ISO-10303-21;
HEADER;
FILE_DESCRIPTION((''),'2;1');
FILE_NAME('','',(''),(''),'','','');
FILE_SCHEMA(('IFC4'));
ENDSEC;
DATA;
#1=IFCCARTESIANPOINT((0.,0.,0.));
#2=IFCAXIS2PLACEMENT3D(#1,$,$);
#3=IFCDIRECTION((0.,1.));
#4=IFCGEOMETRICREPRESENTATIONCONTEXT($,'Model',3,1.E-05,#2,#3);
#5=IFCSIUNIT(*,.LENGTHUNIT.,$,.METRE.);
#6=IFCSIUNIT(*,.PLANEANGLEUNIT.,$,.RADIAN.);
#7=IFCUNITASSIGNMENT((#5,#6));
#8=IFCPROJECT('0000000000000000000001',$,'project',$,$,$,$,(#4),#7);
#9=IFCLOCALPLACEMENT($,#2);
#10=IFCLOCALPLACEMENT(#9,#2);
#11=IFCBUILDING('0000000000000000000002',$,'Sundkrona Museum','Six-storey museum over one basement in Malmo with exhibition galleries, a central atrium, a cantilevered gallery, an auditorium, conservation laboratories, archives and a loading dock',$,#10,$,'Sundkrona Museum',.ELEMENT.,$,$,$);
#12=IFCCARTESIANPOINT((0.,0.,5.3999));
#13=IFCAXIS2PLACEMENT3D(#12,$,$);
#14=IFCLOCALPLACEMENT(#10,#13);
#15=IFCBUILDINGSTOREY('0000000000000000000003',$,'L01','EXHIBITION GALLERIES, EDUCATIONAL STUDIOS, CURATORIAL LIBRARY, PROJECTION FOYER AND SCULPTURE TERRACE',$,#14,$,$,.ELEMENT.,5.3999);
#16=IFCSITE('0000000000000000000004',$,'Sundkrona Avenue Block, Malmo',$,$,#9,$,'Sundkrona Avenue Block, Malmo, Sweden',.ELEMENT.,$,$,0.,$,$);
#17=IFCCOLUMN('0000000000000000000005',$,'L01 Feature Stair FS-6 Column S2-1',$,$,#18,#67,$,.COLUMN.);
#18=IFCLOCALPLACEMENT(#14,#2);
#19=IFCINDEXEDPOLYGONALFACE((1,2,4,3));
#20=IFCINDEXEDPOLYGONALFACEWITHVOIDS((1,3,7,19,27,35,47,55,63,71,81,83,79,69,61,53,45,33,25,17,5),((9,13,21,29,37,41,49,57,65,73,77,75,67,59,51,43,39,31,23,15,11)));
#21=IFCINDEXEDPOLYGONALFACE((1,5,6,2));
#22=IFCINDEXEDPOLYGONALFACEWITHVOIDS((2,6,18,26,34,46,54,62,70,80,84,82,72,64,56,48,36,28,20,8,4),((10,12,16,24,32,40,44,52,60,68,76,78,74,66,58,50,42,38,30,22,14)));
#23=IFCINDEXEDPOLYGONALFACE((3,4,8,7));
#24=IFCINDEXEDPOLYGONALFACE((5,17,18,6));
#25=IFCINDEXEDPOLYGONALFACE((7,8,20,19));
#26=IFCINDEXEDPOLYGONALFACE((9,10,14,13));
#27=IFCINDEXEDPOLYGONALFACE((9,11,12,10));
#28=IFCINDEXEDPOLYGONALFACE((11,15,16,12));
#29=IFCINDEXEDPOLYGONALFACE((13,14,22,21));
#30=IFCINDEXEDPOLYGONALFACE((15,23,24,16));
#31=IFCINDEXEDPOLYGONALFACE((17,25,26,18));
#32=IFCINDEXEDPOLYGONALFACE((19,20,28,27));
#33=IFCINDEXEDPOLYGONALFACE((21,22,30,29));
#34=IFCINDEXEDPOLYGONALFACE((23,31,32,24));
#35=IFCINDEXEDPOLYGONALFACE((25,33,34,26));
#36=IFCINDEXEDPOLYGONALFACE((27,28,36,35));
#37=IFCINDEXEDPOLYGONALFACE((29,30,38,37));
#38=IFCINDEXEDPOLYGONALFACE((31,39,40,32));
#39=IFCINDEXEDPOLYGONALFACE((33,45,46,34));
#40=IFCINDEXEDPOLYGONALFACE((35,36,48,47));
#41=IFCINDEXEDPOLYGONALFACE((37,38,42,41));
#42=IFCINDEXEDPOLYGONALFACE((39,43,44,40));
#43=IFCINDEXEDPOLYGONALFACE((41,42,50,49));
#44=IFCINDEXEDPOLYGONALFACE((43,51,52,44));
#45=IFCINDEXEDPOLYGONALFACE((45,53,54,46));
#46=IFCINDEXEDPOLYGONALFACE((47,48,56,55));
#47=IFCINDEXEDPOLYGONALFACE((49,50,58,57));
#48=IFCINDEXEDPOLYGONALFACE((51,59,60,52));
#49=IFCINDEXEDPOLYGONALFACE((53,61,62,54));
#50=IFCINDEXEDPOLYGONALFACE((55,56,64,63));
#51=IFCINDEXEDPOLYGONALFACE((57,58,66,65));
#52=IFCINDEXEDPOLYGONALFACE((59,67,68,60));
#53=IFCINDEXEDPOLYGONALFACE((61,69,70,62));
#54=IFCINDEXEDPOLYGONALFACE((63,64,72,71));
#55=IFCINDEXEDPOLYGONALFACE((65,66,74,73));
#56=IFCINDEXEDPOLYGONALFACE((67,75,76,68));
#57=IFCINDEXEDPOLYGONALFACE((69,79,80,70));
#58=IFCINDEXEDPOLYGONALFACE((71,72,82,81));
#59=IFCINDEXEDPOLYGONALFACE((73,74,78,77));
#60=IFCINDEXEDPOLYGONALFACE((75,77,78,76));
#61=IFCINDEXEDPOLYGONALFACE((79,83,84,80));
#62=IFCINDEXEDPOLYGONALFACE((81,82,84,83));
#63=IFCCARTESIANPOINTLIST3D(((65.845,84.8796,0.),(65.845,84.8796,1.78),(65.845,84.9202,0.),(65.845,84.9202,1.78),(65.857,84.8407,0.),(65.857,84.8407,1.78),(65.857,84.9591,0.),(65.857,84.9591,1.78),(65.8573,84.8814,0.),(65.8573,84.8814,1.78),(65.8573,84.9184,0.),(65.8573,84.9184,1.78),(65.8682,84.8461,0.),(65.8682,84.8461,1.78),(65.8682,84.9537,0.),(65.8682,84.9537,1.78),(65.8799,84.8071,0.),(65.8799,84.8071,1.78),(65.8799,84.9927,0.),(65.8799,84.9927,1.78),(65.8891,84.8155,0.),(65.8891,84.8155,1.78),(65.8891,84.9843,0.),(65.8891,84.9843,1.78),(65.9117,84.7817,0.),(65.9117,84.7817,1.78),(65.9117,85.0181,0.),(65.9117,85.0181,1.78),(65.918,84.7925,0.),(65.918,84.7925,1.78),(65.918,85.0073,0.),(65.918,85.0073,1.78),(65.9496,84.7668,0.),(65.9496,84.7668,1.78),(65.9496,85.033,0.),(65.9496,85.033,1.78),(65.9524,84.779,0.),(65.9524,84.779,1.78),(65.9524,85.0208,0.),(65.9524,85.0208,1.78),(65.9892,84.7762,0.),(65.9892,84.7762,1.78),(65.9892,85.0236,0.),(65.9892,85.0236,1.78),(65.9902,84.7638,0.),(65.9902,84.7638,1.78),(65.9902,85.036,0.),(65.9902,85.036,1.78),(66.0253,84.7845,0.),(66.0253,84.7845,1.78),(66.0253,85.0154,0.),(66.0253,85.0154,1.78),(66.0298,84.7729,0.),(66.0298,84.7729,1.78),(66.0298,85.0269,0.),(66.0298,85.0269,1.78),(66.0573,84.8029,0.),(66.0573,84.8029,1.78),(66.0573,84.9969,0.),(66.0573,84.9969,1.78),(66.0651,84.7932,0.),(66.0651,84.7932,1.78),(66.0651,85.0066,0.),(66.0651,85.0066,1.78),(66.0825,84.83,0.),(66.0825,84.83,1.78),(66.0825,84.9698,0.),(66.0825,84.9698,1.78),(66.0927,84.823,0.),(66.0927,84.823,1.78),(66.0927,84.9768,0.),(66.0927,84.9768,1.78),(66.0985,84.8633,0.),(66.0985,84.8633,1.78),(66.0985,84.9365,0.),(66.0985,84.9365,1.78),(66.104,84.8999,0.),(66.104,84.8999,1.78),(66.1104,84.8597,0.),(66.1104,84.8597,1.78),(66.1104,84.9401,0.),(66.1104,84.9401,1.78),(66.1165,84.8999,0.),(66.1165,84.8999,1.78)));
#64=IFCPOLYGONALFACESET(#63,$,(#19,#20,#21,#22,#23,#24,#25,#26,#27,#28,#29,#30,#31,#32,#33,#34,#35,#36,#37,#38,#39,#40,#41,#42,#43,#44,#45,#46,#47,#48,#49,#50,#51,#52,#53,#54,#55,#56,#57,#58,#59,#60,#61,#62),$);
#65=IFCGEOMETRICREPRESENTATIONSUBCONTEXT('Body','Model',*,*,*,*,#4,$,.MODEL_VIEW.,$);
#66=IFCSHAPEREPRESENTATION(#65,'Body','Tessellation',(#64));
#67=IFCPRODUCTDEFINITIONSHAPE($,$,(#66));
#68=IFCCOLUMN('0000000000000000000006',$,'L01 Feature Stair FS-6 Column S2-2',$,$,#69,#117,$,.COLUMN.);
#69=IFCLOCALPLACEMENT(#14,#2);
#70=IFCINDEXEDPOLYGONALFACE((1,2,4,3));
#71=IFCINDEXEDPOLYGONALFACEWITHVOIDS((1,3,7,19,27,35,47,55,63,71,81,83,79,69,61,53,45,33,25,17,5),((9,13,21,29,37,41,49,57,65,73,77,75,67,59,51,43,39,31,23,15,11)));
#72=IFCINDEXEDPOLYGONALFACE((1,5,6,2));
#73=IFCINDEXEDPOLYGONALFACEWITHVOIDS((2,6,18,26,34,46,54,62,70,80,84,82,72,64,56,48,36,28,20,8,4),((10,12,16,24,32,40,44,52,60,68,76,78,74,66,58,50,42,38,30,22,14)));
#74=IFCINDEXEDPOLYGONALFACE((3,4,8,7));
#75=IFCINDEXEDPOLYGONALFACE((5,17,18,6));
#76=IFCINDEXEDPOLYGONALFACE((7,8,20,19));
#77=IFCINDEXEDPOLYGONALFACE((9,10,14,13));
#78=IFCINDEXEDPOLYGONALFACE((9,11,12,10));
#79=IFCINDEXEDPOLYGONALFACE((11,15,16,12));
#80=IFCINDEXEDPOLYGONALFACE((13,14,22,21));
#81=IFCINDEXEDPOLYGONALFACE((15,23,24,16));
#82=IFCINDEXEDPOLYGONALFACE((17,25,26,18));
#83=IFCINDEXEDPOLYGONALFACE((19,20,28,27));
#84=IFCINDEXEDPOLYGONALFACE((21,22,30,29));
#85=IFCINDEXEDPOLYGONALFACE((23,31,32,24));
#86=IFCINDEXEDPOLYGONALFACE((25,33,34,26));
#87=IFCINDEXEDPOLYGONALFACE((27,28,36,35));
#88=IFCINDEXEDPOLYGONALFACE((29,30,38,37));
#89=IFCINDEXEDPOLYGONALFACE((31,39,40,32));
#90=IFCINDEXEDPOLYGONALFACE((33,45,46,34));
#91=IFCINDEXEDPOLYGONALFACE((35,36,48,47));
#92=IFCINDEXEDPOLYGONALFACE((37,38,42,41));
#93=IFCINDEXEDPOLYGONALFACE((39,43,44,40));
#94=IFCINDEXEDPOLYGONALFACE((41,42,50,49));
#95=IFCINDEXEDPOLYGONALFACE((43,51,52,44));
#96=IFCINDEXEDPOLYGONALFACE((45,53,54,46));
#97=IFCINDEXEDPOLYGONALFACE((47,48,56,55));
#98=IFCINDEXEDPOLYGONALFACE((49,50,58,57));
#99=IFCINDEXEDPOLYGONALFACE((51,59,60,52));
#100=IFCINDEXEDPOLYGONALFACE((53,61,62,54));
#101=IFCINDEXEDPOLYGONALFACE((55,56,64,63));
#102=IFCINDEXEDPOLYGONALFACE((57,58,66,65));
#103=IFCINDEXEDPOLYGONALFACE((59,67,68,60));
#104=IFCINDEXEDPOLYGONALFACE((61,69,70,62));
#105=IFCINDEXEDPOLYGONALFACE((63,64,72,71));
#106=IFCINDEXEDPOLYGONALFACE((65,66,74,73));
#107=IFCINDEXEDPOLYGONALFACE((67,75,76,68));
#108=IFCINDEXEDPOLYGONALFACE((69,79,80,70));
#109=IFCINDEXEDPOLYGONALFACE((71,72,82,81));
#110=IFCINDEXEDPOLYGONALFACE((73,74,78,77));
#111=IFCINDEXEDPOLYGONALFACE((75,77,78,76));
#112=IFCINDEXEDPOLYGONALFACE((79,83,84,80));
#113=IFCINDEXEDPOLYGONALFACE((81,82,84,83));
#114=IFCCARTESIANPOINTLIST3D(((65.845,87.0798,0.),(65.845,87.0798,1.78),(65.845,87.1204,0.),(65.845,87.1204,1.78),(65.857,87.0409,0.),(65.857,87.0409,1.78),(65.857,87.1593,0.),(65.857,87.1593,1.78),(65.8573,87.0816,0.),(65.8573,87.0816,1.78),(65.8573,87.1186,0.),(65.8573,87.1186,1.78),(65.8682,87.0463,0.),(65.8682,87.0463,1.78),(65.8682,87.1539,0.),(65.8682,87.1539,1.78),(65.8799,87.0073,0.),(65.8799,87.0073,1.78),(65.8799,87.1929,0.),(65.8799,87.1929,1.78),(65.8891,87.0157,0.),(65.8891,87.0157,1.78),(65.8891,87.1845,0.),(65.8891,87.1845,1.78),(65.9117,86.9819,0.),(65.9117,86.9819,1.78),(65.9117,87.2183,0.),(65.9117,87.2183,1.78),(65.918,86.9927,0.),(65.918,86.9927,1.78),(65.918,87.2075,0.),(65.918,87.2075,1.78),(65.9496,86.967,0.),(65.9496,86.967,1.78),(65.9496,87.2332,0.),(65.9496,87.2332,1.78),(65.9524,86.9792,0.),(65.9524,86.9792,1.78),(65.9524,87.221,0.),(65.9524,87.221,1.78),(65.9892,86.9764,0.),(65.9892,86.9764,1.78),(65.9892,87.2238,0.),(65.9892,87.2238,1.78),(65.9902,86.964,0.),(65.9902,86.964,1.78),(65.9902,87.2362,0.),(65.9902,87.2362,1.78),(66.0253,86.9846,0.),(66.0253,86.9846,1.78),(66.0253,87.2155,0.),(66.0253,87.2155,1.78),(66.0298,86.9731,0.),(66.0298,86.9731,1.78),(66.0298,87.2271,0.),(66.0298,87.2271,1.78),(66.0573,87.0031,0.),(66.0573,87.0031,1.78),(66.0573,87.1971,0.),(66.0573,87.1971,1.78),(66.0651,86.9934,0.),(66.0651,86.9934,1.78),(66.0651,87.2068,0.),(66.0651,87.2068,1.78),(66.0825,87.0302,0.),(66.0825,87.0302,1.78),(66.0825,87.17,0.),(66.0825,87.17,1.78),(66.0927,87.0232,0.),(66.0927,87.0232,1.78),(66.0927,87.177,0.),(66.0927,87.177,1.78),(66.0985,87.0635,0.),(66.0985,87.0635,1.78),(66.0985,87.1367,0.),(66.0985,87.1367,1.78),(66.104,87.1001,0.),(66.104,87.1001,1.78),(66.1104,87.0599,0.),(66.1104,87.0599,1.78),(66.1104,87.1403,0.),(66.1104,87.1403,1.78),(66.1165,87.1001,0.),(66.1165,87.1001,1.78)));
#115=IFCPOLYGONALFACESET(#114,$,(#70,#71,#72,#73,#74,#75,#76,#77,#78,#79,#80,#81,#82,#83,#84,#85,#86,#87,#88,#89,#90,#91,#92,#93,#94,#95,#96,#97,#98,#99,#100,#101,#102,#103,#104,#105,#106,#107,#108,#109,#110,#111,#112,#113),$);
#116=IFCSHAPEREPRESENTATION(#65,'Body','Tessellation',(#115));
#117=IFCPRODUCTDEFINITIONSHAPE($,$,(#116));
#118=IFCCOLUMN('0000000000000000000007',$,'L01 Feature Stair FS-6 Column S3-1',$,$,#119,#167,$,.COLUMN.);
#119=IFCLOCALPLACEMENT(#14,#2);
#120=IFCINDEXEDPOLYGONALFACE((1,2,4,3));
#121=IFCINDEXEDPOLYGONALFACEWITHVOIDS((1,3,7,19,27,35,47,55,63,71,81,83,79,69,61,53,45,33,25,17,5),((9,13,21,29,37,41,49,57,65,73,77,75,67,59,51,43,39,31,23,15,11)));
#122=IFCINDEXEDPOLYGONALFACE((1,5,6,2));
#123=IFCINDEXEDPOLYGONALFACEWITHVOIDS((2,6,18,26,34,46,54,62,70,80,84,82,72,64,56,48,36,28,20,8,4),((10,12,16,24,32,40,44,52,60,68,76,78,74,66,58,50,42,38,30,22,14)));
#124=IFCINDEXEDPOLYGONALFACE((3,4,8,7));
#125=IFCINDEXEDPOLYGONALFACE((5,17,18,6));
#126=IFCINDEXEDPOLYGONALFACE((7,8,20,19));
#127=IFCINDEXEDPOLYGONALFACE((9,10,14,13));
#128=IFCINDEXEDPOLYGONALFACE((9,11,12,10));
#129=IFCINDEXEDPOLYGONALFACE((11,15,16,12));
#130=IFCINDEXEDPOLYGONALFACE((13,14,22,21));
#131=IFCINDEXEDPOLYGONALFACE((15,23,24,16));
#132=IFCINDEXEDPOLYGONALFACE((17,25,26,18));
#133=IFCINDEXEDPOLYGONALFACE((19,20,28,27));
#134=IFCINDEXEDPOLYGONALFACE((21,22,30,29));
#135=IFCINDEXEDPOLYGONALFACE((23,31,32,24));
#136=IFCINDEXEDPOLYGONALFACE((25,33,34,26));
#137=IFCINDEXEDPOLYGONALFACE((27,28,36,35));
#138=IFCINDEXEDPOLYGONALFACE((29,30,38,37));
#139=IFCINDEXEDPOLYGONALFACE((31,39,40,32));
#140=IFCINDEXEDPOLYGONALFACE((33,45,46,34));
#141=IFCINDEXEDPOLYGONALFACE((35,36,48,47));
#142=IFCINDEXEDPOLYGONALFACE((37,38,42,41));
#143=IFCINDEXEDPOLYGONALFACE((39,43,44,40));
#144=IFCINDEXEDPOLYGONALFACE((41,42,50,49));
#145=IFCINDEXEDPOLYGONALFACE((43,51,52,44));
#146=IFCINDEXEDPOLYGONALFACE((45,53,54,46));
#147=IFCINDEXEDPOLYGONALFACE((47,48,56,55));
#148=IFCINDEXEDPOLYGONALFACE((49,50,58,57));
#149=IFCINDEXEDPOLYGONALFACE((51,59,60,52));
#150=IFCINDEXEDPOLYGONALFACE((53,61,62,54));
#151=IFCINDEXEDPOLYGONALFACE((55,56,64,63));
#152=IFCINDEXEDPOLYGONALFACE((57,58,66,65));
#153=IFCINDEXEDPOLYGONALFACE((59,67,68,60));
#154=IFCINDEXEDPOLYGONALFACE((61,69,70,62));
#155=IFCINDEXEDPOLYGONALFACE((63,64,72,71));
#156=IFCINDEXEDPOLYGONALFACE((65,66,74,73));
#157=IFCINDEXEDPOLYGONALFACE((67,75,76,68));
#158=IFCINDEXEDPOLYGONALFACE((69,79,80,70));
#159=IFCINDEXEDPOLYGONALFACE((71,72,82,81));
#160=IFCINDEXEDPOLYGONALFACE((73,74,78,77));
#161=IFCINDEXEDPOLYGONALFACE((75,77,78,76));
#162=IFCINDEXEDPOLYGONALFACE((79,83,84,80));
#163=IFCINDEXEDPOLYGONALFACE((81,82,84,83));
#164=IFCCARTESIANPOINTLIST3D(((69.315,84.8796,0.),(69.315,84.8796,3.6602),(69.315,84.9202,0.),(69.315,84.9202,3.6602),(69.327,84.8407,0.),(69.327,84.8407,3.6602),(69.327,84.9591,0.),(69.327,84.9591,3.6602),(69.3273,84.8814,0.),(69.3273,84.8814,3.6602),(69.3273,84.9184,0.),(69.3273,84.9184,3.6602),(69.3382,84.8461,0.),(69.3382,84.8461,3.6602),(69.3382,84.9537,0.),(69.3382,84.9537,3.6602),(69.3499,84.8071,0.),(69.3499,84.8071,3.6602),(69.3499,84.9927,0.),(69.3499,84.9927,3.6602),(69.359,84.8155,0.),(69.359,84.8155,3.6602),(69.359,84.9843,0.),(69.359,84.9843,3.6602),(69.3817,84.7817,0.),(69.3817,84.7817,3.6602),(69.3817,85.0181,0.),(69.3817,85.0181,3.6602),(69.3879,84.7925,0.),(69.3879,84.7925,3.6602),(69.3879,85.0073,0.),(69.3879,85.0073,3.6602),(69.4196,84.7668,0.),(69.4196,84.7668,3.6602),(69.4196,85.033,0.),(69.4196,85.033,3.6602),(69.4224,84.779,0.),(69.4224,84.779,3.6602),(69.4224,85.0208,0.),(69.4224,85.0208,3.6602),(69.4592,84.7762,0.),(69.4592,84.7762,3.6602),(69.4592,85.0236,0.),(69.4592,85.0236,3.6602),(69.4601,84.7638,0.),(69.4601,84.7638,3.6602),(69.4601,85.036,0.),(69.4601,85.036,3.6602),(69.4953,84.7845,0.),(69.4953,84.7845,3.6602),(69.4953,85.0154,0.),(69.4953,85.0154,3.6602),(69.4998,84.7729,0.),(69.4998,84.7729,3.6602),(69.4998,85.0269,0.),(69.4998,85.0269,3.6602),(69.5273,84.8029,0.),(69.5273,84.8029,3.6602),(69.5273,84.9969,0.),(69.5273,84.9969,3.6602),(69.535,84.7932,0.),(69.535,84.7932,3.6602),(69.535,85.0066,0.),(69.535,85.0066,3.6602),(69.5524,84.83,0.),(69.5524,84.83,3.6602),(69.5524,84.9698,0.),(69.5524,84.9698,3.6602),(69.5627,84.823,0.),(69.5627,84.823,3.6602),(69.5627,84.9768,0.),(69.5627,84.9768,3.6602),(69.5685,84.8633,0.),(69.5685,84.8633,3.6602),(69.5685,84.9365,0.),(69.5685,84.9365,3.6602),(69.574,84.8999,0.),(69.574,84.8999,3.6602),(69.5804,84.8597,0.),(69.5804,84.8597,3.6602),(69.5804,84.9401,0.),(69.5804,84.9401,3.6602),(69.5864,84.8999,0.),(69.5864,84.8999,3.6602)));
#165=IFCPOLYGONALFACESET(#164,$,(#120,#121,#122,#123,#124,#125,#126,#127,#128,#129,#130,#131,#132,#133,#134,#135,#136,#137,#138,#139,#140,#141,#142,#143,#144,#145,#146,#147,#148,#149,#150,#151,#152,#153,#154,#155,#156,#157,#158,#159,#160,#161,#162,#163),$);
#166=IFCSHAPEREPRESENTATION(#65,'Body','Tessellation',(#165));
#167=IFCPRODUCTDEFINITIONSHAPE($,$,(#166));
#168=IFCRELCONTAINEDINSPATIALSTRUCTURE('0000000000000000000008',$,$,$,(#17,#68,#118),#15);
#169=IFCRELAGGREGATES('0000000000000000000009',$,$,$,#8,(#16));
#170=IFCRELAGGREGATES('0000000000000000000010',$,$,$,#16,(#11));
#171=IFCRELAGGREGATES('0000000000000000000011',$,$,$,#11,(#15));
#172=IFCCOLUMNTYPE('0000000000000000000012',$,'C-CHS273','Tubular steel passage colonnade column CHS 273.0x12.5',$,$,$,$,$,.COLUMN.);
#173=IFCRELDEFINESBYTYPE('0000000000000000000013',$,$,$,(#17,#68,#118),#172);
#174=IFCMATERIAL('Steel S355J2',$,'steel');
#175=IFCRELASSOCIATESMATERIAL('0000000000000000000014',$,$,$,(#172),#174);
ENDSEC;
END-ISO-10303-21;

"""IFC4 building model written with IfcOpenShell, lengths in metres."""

from ifc_helpers import new_model, si_unit, direction, frame, origin, origin_2d, place, context, subcontext, project, spatial, hollow_circle, extrude, material, material_profile, profile_set, type_object, element, save


model = new_model("IFC4")

# Units and contexts
model_context = context("Model", 3, precision=1e-05, world=origin(), true_north=direction((0.0, 1.0)))
body_context = subcontext(model_context, "Body", "Model", "MODEL_VIEW")
ifc_project = project(units=[si_unit("LENGTHUNIT", "METRE"), si_unit("PLANEANGLEUNIT", "RADIAN")], contexts=[model_context])

# Site, building, storey
site_placement = place(None, origin())
site = spatial("IfcSite", under=ifc_project, at=site_placement, Name="Sundkrona Avenue Block, Malmo", LongName="Sundkrona Avenue Block, Malmo, Sweden", CompositionType="ELEMENT", RefElevation=0.0)
building_placement = place(site_placement, origin())
building = spatial("IfcBuilding", under=site, at=building_placement, Name="Sundkrona Museum", Description="Six-storey museum over one basement in Malmo with exhibition galleries, a central atrium, a cantilevered gallery, an auditorium, conservation laboratories, archives and a loading dock", LongName="Sundkrona Museum", CompositionType="ELEMENT")
storey_placement = place(building_placement, frame((0.0, 0.0, 5.3999)))
storey = spatial("IfcBuildingStorey", under=building, at=storey_placement, Name="L01", Description="EXHIBITION GALLERIES, EDUCATIONAL STUDIOS, CURATORIAL LIBRARY, PROJECTION FOYER AND SCULPTURE TERRACE", CompositionType="ELEMENT", Elevation=5.3999)

# Columns
ifc_material_1 = material(Name="Steel S355J2", Category="steel")
ifc_material_profile_1 = material_profile(ifc_material_1, hollow_circle(Radius=0.1365, WallThickness=0.0125, at=origin_2d()), Name="CHS 273.0x12.5")
ifc_profile_set_1 = profile_set([ifc_material_profile_1], Name="Steel S355J2")
column_type_1 = type_object("IfcColumnType", Name="C-CHS273", Description="Tubular steel passage colonnade column CHS 273.0x12.5", PredefinedType="COLUMN", material=ifc_profile_set_1)
for number, where, z_axis, x_axis, name in (
    (1, (65.98, 84.8999, 0.0), (0.0, 0.0, 1.0), (1.0, 0.0, 0.0), "L01 Feature Stair FS-6 Column S2-1"),
    (2, (65.98, 87.1001, 0.0), (0.0, 0.0, 1.0), (1.0, 0.0, 0.0), "L01 Feature Stair FS-6 Column S2-2"),
):
    element("IfcColumn", number, at=place(storey_placement, frame(where, z_axis=z_axis, x_axis=x_axis)), inside=storey, type_object=column_type_1, Name=name, PredefinedType="COLUMN", context=body_context, shape_type="SweptSolid", body=[
        extrude(hollow_circle(Radius=0.1365, WallThickness=0.0125, at=origin_2d()), origin(), (0.0, 0.0, 1.0), 1.78),
    ])
for number, where, z_axis, x_axis, name in (
    (3, (69.45, 84.8999, 0.0), (0.0, 0.0, 1.0), (1.0, 0.0, 0.0), "L01 Feature Stair FS-6 Column S3-1"),
):
    element("IfcColumn", number, at=place(storey_placement, frame(where, z_axis=z_axis, x_axis=x_axis)), inside=storey, type_object=column_type_1, Name=name, PredefinedType="COLUMN", context=body_context, shape_type="SweptSolid", body=[
        extrude(hollow_circle(Radius=0.1365, WallThickness=0.0125, at=origin_2d()), origin(), (0.0, 0.0, 1.0), 3.6602),
    ])

save(model, "model.ifc")
